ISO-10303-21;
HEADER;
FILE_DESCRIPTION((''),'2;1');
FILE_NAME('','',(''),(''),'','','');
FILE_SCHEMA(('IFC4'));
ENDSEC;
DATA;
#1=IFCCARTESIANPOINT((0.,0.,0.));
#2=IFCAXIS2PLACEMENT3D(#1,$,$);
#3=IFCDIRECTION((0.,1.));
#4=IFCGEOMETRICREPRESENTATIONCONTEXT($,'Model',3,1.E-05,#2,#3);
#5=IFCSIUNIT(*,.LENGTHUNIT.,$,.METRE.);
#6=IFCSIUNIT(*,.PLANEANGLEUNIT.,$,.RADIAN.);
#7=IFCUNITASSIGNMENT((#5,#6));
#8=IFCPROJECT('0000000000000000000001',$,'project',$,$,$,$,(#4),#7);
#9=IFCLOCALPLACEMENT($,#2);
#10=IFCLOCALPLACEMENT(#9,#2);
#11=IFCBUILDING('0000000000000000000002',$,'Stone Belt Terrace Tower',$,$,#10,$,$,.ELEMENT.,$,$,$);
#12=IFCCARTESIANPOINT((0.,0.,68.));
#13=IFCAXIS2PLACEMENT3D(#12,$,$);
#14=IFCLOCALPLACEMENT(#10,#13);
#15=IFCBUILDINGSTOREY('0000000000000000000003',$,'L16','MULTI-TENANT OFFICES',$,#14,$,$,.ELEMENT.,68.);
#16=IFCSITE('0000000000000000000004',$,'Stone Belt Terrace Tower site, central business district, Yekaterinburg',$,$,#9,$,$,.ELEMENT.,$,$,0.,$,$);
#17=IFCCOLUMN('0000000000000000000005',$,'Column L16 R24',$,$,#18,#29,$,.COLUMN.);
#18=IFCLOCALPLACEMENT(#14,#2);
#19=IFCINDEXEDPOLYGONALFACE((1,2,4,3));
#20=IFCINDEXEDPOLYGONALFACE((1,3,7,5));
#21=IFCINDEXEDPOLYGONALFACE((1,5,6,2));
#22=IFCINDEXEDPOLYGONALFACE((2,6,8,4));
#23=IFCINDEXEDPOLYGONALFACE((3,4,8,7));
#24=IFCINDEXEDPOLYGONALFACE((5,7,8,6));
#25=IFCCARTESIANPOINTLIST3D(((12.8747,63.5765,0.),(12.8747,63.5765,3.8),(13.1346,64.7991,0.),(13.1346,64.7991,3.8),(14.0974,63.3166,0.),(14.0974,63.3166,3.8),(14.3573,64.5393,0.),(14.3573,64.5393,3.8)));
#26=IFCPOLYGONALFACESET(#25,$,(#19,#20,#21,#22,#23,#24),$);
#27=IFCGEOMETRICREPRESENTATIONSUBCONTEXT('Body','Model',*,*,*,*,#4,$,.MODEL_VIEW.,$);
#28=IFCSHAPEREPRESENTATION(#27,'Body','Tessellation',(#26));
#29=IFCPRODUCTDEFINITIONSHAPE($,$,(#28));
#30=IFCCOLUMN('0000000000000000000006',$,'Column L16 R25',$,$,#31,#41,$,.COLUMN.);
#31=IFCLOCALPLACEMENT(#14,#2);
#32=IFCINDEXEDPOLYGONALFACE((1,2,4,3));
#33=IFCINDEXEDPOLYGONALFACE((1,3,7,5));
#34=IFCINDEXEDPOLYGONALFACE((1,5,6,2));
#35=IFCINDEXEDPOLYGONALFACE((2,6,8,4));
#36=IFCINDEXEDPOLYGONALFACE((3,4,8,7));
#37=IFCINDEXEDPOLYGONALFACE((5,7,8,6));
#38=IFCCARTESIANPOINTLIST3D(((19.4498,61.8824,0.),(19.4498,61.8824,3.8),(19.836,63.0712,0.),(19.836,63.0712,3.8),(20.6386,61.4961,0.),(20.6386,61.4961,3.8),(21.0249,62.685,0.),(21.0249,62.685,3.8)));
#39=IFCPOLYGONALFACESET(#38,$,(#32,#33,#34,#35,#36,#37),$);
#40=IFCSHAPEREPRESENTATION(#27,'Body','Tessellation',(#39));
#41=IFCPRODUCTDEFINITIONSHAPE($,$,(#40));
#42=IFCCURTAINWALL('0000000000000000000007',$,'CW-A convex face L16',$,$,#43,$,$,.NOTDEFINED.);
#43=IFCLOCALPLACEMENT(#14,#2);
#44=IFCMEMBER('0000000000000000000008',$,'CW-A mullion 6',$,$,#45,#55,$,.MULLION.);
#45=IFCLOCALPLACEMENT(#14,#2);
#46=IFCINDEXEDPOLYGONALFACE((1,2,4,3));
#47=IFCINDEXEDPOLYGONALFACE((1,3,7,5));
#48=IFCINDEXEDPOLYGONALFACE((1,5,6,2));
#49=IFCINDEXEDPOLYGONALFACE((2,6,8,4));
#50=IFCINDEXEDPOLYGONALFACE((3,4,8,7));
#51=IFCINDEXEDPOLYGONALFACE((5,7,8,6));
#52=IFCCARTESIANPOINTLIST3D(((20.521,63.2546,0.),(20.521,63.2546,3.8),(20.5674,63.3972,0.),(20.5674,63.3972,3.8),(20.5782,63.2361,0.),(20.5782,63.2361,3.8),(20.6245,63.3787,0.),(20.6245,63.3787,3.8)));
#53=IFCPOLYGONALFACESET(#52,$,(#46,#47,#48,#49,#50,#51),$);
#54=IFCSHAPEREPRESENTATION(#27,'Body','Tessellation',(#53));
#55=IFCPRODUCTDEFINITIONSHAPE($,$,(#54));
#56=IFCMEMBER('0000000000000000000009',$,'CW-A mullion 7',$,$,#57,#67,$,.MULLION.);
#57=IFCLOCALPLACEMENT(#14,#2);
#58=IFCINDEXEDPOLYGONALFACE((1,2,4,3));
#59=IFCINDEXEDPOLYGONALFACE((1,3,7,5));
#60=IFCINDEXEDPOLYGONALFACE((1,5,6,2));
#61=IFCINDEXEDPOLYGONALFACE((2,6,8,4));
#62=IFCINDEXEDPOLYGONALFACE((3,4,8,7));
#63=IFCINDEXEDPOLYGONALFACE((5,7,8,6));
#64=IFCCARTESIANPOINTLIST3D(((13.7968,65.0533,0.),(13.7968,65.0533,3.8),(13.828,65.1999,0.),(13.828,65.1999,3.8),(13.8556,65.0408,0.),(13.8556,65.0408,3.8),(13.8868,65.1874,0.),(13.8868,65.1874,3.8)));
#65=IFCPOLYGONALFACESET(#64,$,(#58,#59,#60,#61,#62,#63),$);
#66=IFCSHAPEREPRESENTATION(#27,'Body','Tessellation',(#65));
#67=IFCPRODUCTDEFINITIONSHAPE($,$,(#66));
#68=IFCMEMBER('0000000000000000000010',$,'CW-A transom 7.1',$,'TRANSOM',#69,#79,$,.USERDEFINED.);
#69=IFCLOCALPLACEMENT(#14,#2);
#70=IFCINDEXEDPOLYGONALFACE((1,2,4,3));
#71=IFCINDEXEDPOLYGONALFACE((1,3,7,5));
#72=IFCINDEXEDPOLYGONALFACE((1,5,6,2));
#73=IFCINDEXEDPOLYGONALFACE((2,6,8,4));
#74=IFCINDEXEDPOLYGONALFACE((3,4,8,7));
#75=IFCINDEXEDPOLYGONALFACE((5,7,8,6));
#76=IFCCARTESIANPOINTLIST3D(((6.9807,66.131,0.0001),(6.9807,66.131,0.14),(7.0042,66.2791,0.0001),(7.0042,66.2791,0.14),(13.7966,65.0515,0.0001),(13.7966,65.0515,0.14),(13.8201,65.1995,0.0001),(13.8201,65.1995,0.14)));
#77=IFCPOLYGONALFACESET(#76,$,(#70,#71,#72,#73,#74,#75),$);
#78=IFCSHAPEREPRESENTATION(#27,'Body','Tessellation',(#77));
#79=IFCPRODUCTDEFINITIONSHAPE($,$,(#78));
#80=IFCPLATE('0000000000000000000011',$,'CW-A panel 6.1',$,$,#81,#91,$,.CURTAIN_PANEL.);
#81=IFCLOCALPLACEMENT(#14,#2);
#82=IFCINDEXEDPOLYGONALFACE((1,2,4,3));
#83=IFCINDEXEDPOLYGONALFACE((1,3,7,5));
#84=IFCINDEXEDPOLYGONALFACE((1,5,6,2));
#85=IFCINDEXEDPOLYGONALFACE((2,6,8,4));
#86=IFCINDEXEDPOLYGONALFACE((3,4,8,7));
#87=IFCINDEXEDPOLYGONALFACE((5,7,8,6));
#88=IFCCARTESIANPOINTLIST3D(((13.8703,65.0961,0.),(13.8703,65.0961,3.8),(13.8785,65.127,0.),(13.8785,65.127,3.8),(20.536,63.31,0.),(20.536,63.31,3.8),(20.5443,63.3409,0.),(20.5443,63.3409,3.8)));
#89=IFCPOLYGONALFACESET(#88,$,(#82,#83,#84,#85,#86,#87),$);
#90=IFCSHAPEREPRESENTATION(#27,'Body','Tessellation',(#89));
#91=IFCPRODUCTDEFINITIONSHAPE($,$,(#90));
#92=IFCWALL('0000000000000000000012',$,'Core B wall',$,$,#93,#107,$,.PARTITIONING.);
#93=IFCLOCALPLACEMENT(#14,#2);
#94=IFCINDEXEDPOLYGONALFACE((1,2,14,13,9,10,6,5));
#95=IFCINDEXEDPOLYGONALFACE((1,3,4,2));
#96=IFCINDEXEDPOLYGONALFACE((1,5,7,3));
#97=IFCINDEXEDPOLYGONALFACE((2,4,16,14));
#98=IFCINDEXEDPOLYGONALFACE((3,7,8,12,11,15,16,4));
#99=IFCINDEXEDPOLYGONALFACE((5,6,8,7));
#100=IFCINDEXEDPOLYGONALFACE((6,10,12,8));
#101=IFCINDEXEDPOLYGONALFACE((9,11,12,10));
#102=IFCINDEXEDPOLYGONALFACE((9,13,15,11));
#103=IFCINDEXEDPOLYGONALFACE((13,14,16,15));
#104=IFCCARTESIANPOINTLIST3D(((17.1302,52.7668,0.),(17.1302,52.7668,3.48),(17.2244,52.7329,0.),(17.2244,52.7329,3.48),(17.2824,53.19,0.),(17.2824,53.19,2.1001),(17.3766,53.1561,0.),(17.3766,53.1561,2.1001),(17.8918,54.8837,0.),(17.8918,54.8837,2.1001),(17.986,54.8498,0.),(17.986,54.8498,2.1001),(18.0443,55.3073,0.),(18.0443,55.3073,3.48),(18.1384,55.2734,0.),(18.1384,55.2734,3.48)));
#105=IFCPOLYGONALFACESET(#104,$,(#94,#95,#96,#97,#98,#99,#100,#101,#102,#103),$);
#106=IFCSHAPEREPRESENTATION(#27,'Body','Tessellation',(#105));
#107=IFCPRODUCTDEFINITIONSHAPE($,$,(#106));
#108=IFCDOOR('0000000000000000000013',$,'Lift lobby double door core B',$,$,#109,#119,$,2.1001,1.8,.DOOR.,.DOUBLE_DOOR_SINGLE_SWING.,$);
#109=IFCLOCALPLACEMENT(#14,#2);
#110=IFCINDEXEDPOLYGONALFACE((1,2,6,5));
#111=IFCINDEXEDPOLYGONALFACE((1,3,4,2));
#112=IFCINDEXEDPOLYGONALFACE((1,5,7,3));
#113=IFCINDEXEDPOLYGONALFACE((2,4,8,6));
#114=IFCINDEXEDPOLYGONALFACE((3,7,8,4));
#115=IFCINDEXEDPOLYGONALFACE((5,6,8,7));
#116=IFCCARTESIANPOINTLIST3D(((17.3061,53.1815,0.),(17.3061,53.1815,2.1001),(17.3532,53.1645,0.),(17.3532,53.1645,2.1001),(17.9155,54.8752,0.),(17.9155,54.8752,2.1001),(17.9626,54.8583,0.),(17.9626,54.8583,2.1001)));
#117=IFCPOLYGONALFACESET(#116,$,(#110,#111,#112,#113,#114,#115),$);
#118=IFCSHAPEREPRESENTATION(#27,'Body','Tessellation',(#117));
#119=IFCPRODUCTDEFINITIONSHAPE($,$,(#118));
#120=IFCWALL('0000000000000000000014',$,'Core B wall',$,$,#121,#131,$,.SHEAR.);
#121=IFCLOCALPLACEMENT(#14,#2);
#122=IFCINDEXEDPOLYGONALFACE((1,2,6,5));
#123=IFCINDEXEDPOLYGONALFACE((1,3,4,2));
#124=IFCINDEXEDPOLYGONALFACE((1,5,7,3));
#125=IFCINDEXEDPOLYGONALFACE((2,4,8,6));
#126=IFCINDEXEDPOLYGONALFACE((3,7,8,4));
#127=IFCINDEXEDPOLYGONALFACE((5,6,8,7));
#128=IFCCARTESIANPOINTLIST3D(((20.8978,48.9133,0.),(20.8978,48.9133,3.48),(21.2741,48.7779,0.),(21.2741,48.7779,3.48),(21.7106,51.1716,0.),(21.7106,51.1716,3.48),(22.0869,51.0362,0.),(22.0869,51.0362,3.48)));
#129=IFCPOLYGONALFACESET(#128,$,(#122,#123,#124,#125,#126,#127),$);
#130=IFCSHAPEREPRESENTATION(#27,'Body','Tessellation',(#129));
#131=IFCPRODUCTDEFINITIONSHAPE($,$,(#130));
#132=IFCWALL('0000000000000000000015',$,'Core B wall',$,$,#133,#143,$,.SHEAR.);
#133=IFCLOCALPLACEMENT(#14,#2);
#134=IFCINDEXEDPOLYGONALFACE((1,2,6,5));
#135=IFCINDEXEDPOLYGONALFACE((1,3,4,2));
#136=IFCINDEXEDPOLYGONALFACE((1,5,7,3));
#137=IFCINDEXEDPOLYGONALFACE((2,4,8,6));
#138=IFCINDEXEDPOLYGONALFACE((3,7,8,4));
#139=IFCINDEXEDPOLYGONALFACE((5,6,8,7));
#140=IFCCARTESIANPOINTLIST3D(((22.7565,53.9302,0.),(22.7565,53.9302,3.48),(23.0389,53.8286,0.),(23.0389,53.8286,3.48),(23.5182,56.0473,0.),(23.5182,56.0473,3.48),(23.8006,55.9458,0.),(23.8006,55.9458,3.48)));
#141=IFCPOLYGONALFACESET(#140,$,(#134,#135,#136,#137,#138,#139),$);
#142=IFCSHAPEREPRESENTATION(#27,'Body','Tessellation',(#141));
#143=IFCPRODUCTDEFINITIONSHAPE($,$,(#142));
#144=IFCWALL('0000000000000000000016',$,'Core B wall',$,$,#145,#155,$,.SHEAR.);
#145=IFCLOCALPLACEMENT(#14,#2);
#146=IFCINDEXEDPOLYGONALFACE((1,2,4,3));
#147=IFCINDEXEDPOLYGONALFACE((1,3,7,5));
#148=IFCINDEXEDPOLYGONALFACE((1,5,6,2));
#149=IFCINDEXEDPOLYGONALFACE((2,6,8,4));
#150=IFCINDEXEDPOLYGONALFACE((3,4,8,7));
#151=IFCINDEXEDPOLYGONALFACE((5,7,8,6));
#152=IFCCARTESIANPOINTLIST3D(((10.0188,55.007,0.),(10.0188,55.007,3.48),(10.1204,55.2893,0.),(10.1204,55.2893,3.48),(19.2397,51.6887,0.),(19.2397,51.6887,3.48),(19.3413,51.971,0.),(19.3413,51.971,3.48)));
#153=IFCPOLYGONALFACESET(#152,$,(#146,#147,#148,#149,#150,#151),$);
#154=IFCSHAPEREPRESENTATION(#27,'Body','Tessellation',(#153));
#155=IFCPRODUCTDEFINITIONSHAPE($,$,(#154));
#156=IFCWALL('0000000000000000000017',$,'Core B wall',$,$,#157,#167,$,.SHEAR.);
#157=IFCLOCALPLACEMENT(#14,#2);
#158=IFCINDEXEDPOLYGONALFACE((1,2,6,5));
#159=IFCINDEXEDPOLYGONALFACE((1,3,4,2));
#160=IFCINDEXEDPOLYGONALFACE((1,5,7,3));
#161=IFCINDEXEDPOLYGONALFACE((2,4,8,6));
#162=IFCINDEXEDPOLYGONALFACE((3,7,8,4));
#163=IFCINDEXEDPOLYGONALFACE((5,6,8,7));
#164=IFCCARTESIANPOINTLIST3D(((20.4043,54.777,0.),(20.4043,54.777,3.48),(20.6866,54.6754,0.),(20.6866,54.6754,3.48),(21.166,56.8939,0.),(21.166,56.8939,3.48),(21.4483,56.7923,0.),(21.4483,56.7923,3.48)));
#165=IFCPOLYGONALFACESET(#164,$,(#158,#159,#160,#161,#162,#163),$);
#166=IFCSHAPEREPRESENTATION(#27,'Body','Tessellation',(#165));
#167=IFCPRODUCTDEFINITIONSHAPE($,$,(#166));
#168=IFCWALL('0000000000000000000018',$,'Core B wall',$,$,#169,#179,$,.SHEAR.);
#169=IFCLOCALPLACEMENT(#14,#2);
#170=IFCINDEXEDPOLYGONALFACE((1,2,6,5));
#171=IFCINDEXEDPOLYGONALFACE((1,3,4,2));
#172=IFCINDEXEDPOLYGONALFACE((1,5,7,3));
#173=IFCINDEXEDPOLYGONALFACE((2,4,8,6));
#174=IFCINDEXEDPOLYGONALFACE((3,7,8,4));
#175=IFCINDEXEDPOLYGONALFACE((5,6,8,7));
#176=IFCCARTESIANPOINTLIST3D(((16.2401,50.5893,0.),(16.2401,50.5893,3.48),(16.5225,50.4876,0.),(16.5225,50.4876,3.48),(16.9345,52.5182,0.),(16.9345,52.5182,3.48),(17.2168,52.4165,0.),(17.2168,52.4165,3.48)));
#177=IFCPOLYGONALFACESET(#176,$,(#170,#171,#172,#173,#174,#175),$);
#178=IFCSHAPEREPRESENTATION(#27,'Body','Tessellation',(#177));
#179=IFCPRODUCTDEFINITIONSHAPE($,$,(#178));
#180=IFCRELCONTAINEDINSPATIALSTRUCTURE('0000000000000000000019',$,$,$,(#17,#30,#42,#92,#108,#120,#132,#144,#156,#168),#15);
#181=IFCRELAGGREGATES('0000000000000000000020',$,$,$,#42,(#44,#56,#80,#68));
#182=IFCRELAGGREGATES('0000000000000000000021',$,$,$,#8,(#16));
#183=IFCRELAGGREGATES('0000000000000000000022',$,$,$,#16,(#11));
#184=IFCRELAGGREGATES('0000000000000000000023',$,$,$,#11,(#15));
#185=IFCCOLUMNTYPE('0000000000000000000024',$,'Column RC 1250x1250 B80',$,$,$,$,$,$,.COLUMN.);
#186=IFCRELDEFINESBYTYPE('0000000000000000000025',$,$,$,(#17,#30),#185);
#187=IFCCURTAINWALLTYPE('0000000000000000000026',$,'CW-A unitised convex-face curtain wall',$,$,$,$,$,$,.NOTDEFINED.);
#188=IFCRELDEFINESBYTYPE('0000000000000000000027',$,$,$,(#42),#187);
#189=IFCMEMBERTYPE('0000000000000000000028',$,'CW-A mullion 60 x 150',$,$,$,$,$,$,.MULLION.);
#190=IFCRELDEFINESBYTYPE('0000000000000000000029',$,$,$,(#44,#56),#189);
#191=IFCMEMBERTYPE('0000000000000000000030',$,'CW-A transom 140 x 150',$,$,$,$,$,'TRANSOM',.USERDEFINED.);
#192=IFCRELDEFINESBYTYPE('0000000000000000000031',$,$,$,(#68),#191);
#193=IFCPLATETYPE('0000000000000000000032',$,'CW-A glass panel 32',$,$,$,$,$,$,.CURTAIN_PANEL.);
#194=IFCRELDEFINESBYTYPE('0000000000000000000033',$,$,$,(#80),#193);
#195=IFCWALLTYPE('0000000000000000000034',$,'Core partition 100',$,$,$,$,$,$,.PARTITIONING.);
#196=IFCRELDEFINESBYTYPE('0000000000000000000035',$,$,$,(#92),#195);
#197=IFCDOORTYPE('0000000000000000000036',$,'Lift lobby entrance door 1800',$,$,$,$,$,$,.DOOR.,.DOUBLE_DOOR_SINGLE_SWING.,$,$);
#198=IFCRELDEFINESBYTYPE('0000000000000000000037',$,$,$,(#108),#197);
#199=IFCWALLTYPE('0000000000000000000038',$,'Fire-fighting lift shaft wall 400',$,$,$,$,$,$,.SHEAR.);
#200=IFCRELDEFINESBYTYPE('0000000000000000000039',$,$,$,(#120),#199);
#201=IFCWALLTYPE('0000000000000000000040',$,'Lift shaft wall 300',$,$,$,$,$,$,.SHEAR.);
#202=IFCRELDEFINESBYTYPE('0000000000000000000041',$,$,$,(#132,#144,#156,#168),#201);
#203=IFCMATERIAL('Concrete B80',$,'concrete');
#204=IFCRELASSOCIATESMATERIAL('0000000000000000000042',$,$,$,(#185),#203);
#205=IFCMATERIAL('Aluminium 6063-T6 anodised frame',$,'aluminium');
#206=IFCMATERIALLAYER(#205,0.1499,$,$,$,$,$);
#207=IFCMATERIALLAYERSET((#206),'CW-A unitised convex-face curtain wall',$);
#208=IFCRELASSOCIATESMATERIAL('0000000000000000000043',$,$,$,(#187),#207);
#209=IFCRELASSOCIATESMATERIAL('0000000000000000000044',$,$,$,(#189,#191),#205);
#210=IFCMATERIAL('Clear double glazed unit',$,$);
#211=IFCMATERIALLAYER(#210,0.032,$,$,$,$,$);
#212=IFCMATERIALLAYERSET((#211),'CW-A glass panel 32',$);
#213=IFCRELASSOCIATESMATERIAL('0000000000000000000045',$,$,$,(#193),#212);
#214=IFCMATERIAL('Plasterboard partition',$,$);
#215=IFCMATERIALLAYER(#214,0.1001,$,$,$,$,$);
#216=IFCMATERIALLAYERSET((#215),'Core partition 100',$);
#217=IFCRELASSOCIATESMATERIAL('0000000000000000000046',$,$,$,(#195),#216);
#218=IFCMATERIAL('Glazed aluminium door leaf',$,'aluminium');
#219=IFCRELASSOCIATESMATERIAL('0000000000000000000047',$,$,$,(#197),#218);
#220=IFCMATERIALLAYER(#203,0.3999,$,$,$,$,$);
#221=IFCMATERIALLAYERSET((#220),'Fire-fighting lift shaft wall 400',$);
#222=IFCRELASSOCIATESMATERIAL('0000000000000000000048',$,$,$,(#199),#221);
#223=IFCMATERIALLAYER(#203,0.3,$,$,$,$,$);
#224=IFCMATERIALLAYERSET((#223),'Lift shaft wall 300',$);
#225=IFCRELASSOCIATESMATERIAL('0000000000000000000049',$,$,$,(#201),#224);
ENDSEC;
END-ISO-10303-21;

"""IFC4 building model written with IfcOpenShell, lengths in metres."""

from ifc_helpers import new_model, si_unit, direction, frame, frame_2d, origin, origin_2d, place, context, subcontext, project, spatial, rectangle, extrude, material, layer, layer_set, material_profile, profile_set, type_object, element, fill, aggregate, save


model = new_model("IFC4")

# Units and contexts
model_context = context("Model", 3, precision=1e-05, world=origin(), true_north=direction((0.0, 1.0)))
body_context = subcontext(model_context, "Body", "Model", "MODEL_VIEW")
ifc_project = project(units=[si_unit("LENGTHUNIT", "METRE"), si_unit("PLANEANGLEUNIT", "RADIAN")], contexts=[model_context])

# Site, building, storey
site_placement = place(None, origin())
site = spatial("IfcSite", under=ifc_project, at=site_placement, Name="Stone Belt Terrace Tower site, central business district, Yekaterinburg", CompositionType="ELEMENT", RefElevation=0.0)
building_placement = place(site_placement, origin())
building = spatial("IfcBuilding", under=site, at=building_placement, Name="Stone Belt Terrace Tower", CompositionType="ELEMENT")
storey_placement = place(building_placement, frame((0.0, 0.0, 68.0)))
storey = spatial("IfcBuildingStorey", under=building, at=storey_placement, Name="L16", Description="MULTI-TENANT OFFICES", CompositionType="ELEMENT", Elevation=68.0)

# Columns
ifc_material_1 = material(Name="Concrete B80", Category="concrete")
ifc_material_profile_1 = material_profile(ifc_material_1, rectangle(XDim=1.25, YDim=1.25, at=origin_2d()), Name="RC 1250x1250")
ifc_profile_set_1 = profile_set([ifc_material_profile_1], Name="Concrete B80")
column_type = type_object("IfcColumnType", Name="Column RC 1250x1250 B80", PredefinedType="COLUMN", material=ifc_profile_set_1)
for number, where, z_axis, x_axis, name in (
    (1, (13.616, 64.0579, 0.0), (0.0, 0.0, 1.0), (0.978148, -0.207912, 0.0), "Column L16 R24"),
    (2, (20.2373, 62.2837, 0.0), (0.0, 0.0, 1.0), (0.951057, -0.309017, 0.0), "Column L16 R25"),
):
    element("IfcColumn", number, at=place(storey_placement, frame(where, z_axis=z_axis, x_axis=x_axis)), inside=storey, type_object=column_type, Name=name, PredefinedType="COLUMN", context=body_context, shape_type="SweptSolid", body=[
        extrude(rectangle(XDim=1.25, YDim=1.25, at=origin_2d()), origin(), (0.0, 0.0, 1.0), 3.8),
    ])

# Curtain wall, members, plate
ifc_material_2 = material(Name="Aluminium 6063-T6 anodised frame", Category="aluminium")
ifc_layer_1 = layer(ifc_material_2, 0.1499)
ifc_layer_set_1 = layer_set([ifc_layer_1], Name="CW-A unitised convex-face curtain wall")
curtain_wall_type = type_object("IfcCurtainWallType", Name="CW-A unitised convex-face curtain wall", PredefinedType="NOTDEFINED", material=ifc_layer_set_1)
curtain_wall_placement = place(storey_placement, origin())
curtain_wall = element("IfcCurtainWall", 3, at=curtain_wall_placement, inside=storey, type_object=curtain_wall_type, Name="CW-A convex face L16", PredefinedType="NOTDEFINED")
ifc_material_profile_2 = material_profile(ifc_material_2, rectangle(XDim=0.1499, YDim=0.0601, at=origin_2d()), Name="Aluminium 6063-T6 60x150")
ifc_profile_set_2 = profile_set([ifc_material_profile_2], Name="Aluminium 6063-T6 anodised frame")
member_type_1 = type_object("IfcMemberType", Name="CW-A mullion 60 x 150", PredefinedType="MULLION", material=ifc_profile_set_2)
member_1_placement = place(storey_placement, frame((20.5728, 63.3167, 0.0), z_axis=(0.0, 0.0, 1.0), x_axis=(-0.309017, -0.951057, 0.0)))
member_1 = element("IfcMember", 4, at=member_1_placement, type_object=member_type_1, Name="CW-A mullion 6", PredefinedType="MULLION", context=body_context, shape_type="SweptSolid", body=[
    extrude(rectangle(XDim=0.1499, YDim=0.0601, at=origin_2d()), origin(), (0.0, 0.0, 1.0), 3.8),
])
member_2_placement = place(storey_placement, frame((13.8418, 65.1204, 0.0), z_axis=(0.0, 0.0, 1.0), x_axis=(-0.207912, -0.978148, 0.0)))
member_2 = element("IfcMember", 5, at=member_2_placement, type_object=member_type_1, Name="CW-A mullion 7", PredefinedType="MULLION", context=body_context, shape_type="SweptSolid", body=[
    extrude(rectangle(XDim=0.1499, YDim=0.0601, at=origin_2d()), origin(), (0.0, 0.0, 1.0), 3.8),
])
ifc_material_profile_3 = material_profile(ifc_material_2, rectangle(XDim=0.1499, YDim=0.1399, at=origin_2d()), Name="Aluminium 6063-T6 150x140")
ifc_profile_set_3 = profile_set([ifc_material_profile_3], Name="Aluminium 6063-T6 anodised frame")
member_type_2 = type_object("IfcMemberType", Name="CW-A transom 140 x 150", ElementType="TRANSOM", PredefinedType="USERDEFINED", material=ifc_profile_set_3)
member_3_placement = place(storey_placement, frame((13.8083, 65.1255, 0.0701), z_axis=(-0.987687, 0.156442, 0.0), x_axis=(-0.156442, -0.987687, 0.0)))
member_3 = element("IfcMember", 6, at=member_3_placement, type_object=member_type_2, Name="CW-A transom 7.1", ObjectType="TRANSOM", PredefinedType="USERDEFINED", context=body_context, shape_type="SweptSolid", body=[
    extrude(rectangle(XDim=0.1499, YDim=0.1399, at=origin_2d()), origin(), (0.0, 0.0, 1.0), 6.9009),
])
ifc_material_3 = material(Name="Clear double glazed unit")
ifc_layer_2 = layer(ifc_material_3, 0.032)
ifc_layer_set_2 = layer_set([ifc_layer_2], Name="CW-A glass panel 32")
plate_type = type_object("IfcPlateType", Name="CW-A glass panel 32", PredefinedType="CURTAIN_PANEL", material=ifc_layer_set_2)
plate_placement = place(storey_placement, frame((17.2073, 64.2185, 0.0), z_axis=(0.0, 0.0, 1.0), x_axis=(-0.965926, 0.258819, 0.0)))
plate = element("IfcPlate", 7, at=plate_placement, type_object=plate_type, Name="CW-A panel 6.1", PredefinedType="CURTAIN_PANEL", context=body_context, shape_type="SweptSolid", body=[
    extrude(rectangle(XDim=6.9009, YDim=0.032, at=origin_2d()), origin(), (0.0, 0.0, 1.0), 3.8),
])
aggregate(curtain_wall, [member_1, member_2, plate, member_3])

# Wall, opening, door
ifc_material_4 = material(Name="Plasterboard partition")
ifc_layer_3 = layer(ifc_material_4, 0.1001)
ifc_layer_set_3 = layer_set([ifc_layer_3], Name="Core partition 100")
wall_type_1 = type_object("IfcWallType", Name="Core partition 100", PredefinedType="PARTITIONING", material=ifc_layer_set_3)
wall_1_placement = place(storey_placement, frame((17.1772, 52.7498, 0.0), z_axis=(0.0, 0.0, 1.0), x_axis=(0.338547, 0.94095, 0.0)))
wall_1 = element("IfcWall", 8, at=wall_1_placement, inside=storey, type_object=wall_type_1, Name="Core B wall", PredefinedType="PARTITIONING", context=body_context, shape_type="SweptSolid", body=[
    extrude(rectangle(XDim=2.7, YDim=0.1001, at=frame_2d((1.3501, 0.0))), origin(), (0.0, 0.0, 1.0), 3.48),
])
opening_1_placement = place(wall_1_placement, frame((0.45, 0.0, 0.0)))
opening_1 = element("IfcOpeningElement", 9, at=opening_1_placement, cuts=wall_1, PredefinedType="OPENING", context=body_context, shape_type="SweptSolid", body=[
    extrude(rectangle(XDim=1.8, YDim=2.1001, at=frame_2d((0.8999, 1.05))), frame((0.0, 0.0601, 0.0), z_axis=(0.0, -1.0, 0.0), x_axis=(1.0, 0.0, 0.0)), (0.0, 0.0, 1.0), 0.1201),
])
ifc_material_5 = material(Name="Glazed aluminium door leaf", Category="aluminium")
door_type_1 = type_object("IfcDoorType", Name="Lift lobby entrance door 1800", OperationType="DOUBLE_DOOR_SINGLE_SWING", PredefinedType="DOOR", material=ifc_material_5)
door_1_placement = place(opening_1_placement, origin())
door_1 = element("IfcDoor", 10, at=door_1_placement, inside=storey, type_object=door_type_1, Name="Lift lobby double door core B", OperationType="DOUBLE_DOOR_SINGLE_SWING", OverallHeight=2.1001, OverallWidth=1.8, PredefinedType="DOOR", context=body_context, shape_type="SweptSolid", body=[
    extrude(rectangle(XDim=1.8, YDim=2.1001, at=frame_2d((0.8999, 1.05))), frame((0.0, 0.0249, 0.0), z_axis=(0.0, -1.0, 0.0), x_axis=(1.0, 0.0, 0.0)), (0.0, 0.0, 1.0), 0.05),
])
fill(opening_1, door_1)

# Walls
ifc_layer_4 = layer(ifc_material_1, 0.3999)
ifc_layer_set_4 = layer_set([ifc_layer_4], Name="Fire-fighting lift shaft wall 400")
wall_type_2 = type_object("IfcWallType", Name="Fire-fighting lift shaft wall 400", PredefinedType="SHEAR", material=ifc_layer_set_4)
wall_2_placement = place(storey_placement, frame((21.0859, 48.8455, 0.0), z_axis=(0.0, 0.0, 1.0), x_axis=(0.338629, 0.94092, 0.0)))
element("IfcWall", 11, at=wall_2_placement, inside=storey, type_object=wall_type_2, Name="Core B wall", PredefinedType="SHEAR", context=body_context, shape_type="SweptSolid", body=[
    extrude(rectangle(XDim=2.4001, YDim=0.3999, at=frame_2d((1.2002, 0.0))), origin(), (0.0, 0.0, 1.0), 3.48),
])
ifc_layer_5 = layer(ifc_material_1, 0.3)
ifc_layer_set_5 = layer_set([ifc_layer_5], Name="Lift shaft wall 300")
wall_type_3 = type_object("IfcWallType", Name="Lift shaft wall 300", PredefinedType="SHEAR", material=ifc_layer_set_5)
wall_3_placement = place(storey_placement, frame((22.8977, 53.8794, 0.0), z_axis=(0.0, 0.0, 1.0), x_axis=(0.338535, 0.940954, 0.0)))
element("IfcWall", 12, at=wall_3_placement, inside=storey, type_object=wall_type_3, Name="Core B wall", PredefinedType="SHEAR", context=body_context, shape_type="SweptSolid", body=[
    extrude(rectangle(XDim=2.25, YDim=0.3, at=frame_2d((1.125, 0.0))), origin(), (0.0, 0.0, 1.0), 3.48),
])
wall_4_placement = place(storey_placement, frame((19.2905, 51.8298, 0.0), z_axis=(0.0, 0.0, 1.0), x_axis=(-0.940926, 0.338613, 0.0)))
element("IfcWall", 13, at=wall_4_placement, inside=storey, type_object=wall_type_3, Name="Core B wall", PredefinedType="SHEAR", context=body_context, shape_type="SweptSolid", body=[
    extrude(rectangle(XDim=9.7998, YDim=0.3, at=frame_2d((4.8999, 0.0))), origin(), (0.0, 0.0, 1.0), 3.48),
])
wall_5_placement = place(storey_placement, frame((20.5454, 54.7261, 0.0), z_axis=(0.0, 0.0, 1.0), x_axis=(0.33857, 0.940941, 0.0)))
element("IfcWall", 14, at=wall_5_placement, inside=storey, type_object=wall_type_3, Name="Core B wall", PredefinedType="SHEAR", context=body_context, shape_type="SweptSolid", body=[
    extrude(rectangle(XDim=2.2498, YDim=0.3, at=frame_2d((1.125, 0.0))), origin(), (0.0, 0.0, 1.0), 3.48),
])
wall_6_placement = place(storey_placement, frame((16.3813, 50.5386, 0.0), z_axis=(0.0, 0.0, 1.0), x_axis=(0.338682, 0.940901, 0.0)))
element("IfcWall", 15, at=wall_6_placement, inside=storey, type_object=wall_type_3, Name="Core B wall", PredefinedType="SHEAR", context=body_context, shape_type="SweptSolid", body=[
    extrude(rectangle(XDim=2.05, YDim=0.3, at=frame_2d((1.0249, 0.0))), origin(), (0.0, 0.0, 1.0), 3.48),
])

save(model, "model.ifc")
